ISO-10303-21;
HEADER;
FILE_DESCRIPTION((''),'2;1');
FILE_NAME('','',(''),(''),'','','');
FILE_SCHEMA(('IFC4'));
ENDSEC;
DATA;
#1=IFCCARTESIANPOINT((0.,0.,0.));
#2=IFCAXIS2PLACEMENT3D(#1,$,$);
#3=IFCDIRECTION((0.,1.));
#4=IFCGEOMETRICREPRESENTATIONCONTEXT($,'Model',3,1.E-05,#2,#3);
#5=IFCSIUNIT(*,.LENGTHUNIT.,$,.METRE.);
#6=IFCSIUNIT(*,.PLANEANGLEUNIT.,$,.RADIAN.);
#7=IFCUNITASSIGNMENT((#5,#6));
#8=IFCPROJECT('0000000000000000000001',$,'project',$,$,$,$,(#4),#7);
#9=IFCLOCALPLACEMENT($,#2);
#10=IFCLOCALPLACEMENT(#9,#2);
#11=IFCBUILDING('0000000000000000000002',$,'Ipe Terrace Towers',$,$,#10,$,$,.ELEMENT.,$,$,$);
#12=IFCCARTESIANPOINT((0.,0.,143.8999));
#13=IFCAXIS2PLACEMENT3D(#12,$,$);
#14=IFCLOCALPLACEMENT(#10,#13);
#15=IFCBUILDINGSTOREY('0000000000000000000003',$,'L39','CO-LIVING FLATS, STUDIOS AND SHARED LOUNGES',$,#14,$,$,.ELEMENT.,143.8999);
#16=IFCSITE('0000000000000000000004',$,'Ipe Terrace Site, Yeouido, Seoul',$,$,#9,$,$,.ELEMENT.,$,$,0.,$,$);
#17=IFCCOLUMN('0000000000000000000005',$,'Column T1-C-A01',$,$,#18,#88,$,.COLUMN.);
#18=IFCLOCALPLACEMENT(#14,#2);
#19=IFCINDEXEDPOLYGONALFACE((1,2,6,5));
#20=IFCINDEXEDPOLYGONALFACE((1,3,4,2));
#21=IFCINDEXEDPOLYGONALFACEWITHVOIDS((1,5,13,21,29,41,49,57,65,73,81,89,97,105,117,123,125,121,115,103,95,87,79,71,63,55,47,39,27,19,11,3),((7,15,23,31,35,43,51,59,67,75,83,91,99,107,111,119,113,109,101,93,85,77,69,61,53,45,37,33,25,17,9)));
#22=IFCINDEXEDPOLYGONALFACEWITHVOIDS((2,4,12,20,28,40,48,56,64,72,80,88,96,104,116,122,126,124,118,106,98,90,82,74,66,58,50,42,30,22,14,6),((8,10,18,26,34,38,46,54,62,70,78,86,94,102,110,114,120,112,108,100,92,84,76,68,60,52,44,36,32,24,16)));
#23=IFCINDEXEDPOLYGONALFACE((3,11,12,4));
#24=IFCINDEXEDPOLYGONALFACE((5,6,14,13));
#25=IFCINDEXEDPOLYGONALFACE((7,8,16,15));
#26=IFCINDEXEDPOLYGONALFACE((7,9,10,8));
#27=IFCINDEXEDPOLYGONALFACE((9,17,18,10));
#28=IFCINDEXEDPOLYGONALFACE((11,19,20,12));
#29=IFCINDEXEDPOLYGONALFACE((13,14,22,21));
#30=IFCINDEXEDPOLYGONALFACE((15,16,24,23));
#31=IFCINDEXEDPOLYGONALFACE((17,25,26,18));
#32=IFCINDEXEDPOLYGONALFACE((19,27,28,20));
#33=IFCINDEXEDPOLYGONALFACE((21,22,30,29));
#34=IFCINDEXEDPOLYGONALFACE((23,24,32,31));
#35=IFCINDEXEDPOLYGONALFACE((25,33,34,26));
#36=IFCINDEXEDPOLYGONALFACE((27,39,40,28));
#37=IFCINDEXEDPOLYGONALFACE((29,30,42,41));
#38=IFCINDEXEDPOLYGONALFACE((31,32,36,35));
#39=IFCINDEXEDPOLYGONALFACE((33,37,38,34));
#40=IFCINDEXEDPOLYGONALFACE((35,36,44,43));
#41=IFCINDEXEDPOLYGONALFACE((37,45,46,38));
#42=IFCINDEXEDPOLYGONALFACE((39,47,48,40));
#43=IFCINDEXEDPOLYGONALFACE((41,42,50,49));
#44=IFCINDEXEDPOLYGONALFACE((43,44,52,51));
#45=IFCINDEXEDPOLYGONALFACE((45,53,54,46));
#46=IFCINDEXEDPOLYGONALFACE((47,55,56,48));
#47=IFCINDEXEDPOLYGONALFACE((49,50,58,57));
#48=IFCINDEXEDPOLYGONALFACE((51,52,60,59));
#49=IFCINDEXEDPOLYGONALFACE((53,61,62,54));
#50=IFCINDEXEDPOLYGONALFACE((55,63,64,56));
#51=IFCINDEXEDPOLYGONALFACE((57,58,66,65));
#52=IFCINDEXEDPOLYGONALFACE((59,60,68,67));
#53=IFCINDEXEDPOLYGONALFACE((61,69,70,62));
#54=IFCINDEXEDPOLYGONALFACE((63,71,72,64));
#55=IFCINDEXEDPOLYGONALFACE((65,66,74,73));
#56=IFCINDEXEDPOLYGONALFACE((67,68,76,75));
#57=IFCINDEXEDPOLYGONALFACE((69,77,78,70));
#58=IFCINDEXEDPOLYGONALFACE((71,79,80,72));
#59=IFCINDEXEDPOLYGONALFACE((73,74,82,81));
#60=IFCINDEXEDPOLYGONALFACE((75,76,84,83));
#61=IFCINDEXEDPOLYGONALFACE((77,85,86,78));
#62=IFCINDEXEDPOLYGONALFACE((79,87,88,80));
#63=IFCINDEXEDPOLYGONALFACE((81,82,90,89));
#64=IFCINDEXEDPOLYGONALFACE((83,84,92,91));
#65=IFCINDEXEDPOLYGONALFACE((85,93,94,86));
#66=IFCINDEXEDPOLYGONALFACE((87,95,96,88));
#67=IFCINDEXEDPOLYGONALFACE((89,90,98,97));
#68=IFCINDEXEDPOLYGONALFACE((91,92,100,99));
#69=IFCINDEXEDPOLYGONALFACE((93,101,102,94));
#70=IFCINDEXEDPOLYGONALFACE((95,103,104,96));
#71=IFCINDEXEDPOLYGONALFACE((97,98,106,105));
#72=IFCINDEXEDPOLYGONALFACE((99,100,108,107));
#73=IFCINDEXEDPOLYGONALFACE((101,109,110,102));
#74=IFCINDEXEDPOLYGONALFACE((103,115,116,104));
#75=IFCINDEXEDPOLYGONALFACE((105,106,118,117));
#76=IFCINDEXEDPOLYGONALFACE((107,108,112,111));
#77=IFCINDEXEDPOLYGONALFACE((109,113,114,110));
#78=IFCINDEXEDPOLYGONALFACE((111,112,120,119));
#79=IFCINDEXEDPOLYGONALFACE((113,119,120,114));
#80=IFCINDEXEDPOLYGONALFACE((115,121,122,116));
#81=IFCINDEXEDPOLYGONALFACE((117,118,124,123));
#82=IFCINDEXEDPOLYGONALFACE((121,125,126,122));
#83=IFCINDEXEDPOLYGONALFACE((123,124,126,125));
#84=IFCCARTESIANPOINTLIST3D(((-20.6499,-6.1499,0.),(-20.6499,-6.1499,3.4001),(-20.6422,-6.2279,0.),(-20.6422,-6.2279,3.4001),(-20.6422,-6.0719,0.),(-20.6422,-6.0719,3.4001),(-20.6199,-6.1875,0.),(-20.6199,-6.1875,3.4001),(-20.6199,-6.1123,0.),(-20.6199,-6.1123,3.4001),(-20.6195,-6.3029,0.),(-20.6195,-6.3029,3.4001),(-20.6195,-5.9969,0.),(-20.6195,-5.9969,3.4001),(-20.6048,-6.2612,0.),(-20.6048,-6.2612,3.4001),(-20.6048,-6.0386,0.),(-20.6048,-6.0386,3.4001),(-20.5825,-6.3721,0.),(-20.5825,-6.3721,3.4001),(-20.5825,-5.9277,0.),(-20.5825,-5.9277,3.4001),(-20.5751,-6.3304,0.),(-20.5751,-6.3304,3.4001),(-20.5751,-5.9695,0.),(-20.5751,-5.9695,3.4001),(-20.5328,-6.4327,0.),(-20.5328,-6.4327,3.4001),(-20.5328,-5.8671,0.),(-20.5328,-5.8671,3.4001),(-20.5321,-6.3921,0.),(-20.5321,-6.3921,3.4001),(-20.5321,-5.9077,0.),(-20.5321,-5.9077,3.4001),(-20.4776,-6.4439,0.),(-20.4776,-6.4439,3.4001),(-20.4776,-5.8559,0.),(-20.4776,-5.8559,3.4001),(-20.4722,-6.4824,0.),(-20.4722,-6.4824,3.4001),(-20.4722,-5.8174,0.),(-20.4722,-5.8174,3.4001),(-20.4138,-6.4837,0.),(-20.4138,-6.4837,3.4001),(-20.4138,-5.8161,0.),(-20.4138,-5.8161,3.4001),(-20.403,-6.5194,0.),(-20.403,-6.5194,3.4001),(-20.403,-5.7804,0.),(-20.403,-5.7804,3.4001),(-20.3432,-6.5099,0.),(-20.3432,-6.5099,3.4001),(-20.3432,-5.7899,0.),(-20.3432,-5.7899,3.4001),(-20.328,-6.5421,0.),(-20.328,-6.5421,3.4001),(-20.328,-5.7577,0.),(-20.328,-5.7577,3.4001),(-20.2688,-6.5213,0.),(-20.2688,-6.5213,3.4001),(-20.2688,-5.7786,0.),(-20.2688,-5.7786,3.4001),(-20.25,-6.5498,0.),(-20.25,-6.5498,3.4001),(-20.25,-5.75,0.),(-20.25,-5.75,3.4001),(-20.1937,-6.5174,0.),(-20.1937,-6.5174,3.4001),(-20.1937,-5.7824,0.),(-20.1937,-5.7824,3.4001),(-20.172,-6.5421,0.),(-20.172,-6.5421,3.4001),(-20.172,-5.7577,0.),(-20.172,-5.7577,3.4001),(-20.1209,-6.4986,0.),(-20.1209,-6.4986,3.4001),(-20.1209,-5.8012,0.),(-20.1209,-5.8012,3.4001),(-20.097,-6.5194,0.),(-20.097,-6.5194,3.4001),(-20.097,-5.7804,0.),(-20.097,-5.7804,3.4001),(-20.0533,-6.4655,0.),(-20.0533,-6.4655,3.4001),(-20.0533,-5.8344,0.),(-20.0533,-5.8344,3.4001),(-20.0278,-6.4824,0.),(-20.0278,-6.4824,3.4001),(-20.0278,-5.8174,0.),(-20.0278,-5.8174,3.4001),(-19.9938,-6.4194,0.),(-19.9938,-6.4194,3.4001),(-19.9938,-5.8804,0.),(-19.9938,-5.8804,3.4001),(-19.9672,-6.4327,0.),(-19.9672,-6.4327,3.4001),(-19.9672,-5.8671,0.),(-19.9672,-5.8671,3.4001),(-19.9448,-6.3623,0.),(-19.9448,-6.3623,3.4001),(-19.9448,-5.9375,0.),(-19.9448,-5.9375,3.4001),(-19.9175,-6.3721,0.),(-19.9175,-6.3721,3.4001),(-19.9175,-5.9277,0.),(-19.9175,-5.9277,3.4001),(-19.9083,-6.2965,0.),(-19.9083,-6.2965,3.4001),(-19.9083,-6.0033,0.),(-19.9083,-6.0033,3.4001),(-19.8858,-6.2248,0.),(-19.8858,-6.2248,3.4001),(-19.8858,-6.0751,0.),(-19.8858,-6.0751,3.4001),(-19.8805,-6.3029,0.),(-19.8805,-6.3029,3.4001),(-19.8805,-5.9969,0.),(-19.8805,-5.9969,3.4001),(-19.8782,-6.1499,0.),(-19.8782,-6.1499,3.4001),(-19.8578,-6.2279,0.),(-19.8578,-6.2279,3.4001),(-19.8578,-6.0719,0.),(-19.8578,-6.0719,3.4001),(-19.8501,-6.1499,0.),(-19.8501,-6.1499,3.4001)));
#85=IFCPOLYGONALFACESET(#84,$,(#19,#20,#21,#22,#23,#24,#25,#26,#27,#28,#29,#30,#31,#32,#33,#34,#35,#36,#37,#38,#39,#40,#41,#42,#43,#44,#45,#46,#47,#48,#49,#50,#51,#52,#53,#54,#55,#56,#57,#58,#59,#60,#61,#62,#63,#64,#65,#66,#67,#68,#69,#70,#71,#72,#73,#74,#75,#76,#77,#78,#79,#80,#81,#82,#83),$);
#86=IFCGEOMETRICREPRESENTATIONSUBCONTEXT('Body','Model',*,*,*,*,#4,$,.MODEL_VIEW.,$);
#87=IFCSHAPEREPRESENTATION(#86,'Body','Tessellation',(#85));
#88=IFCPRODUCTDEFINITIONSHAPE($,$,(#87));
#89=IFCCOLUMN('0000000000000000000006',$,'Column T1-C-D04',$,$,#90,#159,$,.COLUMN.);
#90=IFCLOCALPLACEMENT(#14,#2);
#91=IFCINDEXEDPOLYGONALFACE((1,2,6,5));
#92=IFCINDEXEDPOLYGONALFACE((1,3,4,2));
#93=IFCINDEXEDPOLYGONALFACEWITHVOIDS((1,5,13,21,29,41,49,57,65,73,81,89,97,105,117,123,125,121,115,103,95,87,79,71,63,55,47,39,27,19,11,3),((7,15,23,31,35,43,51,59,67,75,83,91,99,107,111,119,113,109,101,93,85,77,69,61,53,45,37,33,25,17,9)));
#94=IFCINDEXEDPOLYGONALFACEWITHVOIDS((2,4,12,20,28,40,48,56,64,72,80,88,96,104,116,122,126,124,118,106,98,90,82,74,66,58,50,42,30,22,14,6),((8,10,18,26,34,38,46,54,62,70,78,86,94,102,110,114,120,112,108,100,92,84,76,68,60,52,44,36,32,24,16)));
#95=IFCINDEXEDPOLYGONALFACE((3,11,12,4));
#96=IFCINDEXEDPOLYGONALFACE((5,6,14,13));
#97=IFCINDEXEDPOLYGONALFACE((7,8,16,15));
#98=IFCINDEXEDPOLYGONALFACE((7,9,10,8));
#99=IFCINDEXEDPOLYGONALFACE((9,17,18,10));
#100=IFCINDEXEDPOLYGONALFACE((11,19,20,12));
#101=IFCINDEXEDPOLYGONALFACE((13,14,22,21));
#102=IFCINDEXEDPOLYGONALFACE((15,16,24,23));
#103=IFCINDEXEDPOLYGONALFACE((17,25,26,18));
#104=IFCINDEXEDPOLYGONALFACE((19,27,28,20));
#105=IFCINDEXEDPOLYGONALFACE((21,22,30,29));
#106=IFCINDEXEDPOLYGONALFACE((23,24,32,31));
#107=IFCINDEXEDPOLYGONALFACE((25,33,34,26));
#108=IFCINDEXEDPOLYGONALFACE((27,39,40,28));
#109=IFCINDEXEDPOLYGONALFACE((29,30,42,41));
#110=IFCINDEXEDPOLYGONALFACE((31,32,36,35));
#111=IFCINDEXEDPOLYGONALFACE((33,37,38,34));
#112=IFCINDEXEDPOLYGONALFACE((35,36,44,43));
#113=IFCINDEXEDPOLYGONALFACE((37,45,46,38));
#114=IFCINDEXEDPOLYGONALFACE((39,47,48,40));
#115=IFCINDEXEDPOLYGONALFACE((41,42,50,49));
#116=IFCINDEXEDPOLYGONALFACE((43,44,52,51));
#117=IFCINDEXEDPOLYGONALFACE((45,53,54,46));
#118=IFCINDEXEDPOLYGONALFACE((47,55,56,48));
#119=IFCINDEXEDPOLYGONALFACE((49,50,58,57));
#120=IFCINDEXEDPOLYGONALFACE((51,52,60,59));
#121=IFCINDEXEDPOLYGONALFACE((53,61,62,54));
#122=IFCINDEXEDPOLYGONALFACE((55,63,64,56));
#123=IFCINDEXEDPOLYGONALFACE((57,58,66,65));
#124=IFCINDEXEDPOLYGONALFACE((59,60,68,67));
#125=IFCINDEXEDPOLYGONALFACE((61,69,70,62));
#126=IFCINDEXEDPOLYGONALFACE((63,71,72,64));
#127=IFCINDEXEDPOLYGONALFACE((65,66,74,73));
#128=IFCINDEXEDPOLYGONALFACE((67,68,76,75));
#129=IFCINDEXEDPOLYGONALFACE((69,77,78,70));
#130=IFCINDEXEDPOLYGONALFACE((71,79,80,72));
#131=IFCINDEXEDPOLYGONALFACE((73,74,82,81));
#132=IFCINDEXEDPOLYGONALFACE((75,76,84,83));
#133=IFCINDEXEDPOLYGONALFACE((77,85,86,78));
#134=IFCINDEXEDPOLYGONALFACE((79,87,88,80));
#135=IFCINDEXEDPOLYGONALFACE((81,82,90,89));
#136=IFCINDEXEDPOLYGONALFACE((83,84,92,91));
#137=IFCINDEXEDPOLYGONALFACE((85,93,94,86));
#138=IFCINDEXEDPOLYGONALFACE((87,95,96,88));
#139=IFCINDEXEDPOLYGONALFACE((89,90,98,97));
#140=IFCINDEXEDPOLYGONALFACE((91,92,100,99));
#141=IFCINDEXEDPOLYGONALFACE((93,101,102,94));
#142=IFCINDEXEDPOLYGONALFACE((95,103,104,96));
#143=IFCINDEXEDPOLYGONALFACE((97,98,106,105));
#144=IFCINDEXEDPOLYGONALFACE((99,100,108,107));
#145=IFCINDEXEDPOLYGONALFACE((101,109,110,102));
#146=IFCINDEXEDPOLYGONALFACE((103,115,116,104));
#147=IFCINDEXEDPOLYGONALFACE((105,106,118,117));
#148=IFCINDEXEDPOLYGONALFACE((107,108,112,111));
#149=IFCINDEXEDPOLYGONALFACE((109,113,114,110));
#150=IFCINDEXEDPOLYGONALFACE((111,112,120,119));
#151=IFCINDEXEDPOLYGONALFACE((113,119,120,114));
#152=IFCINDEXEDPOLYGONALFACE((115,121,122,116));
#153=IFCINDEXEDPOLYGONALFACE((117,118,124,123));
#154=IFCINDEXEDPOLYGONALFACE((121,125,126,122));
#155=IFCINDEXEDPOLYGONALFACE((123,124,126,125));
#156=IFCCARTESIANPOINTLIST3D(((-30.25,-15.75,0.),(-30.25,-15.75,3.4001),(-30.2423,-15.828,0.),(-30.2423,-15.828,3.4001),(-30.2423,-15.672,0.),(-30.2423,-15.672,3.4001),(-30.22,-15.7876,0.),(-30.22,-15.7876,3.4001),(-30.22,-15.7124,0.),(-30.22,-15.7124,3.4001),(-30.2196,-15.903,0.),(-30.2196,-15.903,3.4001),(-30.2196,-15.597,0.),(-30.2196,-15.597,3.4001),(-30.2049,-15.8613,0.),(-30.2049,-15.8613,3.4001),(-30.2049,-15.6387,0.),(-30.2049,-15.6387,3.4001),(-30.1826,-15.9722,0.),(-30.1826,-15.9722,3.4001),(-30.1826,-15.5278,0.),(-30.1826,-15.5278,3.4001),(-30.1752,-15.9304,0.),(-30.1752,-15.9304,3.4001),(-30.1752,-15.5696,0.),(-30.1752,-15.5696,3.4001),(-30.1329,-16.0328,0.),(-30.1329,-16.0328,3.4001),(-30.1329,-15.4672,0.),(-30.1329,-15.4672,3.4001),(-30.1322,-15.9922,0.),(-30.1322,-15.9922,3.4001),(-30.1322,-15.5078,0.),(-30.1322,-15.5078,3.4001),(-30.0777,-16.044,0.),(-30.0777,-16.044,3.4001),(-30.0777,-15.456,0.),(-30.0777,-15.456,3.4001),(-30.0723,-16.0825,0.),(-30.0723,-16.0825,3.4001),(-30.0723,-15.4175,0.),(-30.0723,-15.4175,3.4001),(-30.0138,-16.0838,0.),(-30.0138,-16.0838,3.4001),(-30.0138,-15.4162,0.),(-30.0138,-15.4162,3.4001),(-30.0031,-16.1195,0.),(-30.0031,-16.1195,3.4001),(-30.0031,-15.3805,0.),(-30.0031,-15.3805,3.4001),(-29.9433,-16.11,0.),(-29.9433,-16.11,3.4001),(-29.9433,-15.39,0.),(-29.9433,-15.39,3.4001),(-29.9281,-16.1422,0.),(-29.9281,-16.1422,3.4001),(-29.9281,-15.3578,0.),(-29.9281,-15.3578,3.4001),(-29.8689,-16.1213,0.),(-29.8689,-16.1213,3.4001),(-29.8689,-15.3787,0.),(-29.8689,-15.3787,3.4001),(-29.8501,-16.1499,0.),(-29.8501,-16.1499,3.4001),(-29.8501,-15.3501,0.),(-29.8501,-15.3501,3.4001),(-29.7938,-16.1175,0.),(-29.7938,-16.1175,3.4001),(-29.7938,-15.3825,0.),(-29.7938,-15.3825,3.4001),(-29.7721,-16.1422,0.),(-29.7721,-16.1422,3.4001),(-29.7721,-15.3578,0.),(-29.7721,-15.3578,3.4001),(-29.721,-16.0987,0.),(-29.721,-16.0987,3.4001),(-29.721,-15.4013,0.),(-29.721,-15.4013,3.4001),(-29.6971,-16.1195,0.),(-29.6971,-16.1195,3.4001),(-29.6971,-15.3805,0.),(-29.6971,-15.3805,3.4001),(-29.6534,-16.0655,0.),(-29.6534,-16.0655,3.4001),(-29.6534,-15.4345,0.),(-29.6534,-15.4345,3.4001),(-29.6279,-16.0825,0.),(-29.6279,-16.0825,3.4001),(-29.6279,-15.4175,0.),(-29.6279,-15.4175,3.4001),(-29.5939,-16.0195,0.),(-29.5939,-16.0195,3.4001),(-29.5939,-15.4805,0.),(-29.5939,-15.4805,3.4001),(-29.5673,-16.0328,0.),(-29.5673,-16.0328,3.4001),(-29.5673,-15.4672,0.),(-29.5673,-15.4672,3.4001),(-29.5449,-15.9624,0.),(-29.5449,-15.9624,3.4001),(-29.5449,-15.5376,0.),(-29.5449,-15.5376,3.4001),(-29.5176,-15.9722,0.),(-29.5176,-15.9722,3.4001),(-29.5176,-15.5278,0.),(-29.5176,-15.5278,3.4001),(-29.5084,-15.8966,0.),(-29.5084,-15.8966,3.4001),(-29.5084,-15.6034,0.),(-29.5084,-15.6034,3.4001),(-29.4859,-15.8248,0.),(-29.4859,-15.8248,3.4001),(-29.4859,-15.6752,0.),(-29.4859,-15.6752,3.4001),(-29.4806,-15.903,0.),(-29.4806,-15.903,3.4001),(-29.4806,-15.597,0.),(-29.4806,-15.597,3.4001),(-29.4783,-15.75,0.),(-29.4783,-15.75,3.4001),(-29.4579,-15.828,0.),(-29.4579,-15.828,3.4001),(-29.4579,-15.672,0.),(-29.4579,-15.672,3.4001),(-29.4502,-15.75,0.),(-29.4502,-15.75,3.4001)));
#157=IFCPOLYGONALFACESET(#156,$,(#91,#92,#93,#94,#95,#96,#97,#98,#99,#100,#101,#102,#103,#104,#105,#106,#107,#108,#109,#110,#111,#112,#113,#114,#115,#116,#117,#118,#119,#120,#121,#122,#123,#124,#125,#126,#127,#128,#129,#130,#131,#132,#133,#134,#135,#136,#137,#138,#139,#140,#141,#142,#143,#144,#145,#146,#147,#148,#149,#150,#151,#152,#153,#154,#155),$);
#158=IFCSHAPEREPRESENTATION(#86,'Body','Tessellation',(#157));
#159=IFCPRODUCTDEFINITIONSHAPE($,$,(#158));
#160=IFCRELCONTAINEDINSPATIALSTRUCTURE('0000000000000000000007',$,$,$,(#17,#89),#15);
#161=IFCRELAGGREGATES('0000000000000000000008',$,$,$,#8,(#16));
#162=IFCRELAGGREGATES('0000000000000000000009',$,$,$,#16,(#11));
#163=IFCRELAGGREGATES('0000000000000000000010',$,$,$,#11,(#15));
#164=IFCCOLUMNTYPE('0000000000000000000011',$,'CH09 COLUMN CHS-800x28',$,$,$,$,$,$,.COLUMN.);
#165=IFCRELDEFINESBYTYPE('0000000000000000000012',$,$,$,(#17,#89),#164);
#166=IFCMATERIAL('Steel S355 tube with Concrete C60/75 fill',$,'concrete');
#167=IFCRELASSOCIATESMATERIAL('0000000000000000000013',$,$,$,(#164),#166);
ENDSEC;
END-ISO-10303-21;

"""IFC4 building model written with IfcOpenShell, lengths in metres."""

from ifc_helpers import new_model, si_unit, direction, frame, origin, origin_2d, place, context, subcontext, project, spatial, hollow_circle, extrude, material, material_profile, profile_set, type_object, element, save


model = new_model("IFC4")

# Units and contexts
model_context = context("Model", 3, precision=1e-05, world=origin(), true_north=direction((0.0, 1.0)))
body_context = subcontext(model_context, "Body", "Model", "MODEL_VIEW")
ifc_project = project(units=[si_unit("LENGTHUNIT", "METRE"), si_unit("PLANEANGLEUNIT", "RADIAN")], contexts=[model_context])

# Site, building, storey
site_placement = place(None, origin())
site = spatial("IfcSite", under=ifc_project, at=site_placement, Name="Ipe Terrace Site, Yeouido, Seoul", CompositionType="ELEMENT", RefElevation=0.0)
building_placement = place(site_placement, origin())
building = spatial("IfcBuilding", under=site, at=building_placement, Name="Ipe Terrace Towers", CompositionType="ELEMENT")
storey_placement = place(building_placement, frame((0.0, 0.0, 143.8999)))
storey = spatial("IfcBuildingStorey", under=building, at=storey_placement, Name="L39", Description="CO-LIVING FLATS, STUDIOS AND SHARED LOUNGES", CompositionType="ELEMENT", Elevation=143.8999)

# Columns
ifc_material_1 = material(Name="Steel S355 tube with Concrete C60/75 fill", Category="concrete")
ifc_material_profile_1 = material_profile(ifc_material_1, hollow_circle(Radius=0.3999, WallThickness=0.0281, at=origin_2d()), Name="CHS-800x28")
ifc_profile_set_1 = profile_set([ifc_material_profile_1], Name="Steel S355 tube with Concrete C60/75 fill")
column_type_1 = type_object("IfcColumnType", Name="CH09 COLUMN CHS-800x28", PredefinedType="COLUMN", material=ifc_profile_set_1)
for number, where, z_axis, x_axis, name in (
    (1, (-20.25, -6.1499, 0.0), (0.0, 0.0, 1.0), (1.0, 0.0, 0.0), "Column T1-C-A01"),
    (2, (-29.8501, -15.75, 0.0), (0.0, 0.0, 1.0), (1.0, 0.0, 0.0), "Column T1-C-D04"),
):
    element("IfcColumn", number, at=place(storey_placement, frame(where, z_axis=z_axis, x_axis=x_axis)), inside=storey, type_object=column_type_1, Name=name, PredefinedType="COLUMN", context=body_context, shape_type="SweptSolid", body=[
        extrude(hollow_circle(Radius=0.3999, WallThickness=0.0281, at=origin_2d()), origin(), (0.0, 0.0, 1.0), 3.4001),
    ])

save(model, "model.ifc")
